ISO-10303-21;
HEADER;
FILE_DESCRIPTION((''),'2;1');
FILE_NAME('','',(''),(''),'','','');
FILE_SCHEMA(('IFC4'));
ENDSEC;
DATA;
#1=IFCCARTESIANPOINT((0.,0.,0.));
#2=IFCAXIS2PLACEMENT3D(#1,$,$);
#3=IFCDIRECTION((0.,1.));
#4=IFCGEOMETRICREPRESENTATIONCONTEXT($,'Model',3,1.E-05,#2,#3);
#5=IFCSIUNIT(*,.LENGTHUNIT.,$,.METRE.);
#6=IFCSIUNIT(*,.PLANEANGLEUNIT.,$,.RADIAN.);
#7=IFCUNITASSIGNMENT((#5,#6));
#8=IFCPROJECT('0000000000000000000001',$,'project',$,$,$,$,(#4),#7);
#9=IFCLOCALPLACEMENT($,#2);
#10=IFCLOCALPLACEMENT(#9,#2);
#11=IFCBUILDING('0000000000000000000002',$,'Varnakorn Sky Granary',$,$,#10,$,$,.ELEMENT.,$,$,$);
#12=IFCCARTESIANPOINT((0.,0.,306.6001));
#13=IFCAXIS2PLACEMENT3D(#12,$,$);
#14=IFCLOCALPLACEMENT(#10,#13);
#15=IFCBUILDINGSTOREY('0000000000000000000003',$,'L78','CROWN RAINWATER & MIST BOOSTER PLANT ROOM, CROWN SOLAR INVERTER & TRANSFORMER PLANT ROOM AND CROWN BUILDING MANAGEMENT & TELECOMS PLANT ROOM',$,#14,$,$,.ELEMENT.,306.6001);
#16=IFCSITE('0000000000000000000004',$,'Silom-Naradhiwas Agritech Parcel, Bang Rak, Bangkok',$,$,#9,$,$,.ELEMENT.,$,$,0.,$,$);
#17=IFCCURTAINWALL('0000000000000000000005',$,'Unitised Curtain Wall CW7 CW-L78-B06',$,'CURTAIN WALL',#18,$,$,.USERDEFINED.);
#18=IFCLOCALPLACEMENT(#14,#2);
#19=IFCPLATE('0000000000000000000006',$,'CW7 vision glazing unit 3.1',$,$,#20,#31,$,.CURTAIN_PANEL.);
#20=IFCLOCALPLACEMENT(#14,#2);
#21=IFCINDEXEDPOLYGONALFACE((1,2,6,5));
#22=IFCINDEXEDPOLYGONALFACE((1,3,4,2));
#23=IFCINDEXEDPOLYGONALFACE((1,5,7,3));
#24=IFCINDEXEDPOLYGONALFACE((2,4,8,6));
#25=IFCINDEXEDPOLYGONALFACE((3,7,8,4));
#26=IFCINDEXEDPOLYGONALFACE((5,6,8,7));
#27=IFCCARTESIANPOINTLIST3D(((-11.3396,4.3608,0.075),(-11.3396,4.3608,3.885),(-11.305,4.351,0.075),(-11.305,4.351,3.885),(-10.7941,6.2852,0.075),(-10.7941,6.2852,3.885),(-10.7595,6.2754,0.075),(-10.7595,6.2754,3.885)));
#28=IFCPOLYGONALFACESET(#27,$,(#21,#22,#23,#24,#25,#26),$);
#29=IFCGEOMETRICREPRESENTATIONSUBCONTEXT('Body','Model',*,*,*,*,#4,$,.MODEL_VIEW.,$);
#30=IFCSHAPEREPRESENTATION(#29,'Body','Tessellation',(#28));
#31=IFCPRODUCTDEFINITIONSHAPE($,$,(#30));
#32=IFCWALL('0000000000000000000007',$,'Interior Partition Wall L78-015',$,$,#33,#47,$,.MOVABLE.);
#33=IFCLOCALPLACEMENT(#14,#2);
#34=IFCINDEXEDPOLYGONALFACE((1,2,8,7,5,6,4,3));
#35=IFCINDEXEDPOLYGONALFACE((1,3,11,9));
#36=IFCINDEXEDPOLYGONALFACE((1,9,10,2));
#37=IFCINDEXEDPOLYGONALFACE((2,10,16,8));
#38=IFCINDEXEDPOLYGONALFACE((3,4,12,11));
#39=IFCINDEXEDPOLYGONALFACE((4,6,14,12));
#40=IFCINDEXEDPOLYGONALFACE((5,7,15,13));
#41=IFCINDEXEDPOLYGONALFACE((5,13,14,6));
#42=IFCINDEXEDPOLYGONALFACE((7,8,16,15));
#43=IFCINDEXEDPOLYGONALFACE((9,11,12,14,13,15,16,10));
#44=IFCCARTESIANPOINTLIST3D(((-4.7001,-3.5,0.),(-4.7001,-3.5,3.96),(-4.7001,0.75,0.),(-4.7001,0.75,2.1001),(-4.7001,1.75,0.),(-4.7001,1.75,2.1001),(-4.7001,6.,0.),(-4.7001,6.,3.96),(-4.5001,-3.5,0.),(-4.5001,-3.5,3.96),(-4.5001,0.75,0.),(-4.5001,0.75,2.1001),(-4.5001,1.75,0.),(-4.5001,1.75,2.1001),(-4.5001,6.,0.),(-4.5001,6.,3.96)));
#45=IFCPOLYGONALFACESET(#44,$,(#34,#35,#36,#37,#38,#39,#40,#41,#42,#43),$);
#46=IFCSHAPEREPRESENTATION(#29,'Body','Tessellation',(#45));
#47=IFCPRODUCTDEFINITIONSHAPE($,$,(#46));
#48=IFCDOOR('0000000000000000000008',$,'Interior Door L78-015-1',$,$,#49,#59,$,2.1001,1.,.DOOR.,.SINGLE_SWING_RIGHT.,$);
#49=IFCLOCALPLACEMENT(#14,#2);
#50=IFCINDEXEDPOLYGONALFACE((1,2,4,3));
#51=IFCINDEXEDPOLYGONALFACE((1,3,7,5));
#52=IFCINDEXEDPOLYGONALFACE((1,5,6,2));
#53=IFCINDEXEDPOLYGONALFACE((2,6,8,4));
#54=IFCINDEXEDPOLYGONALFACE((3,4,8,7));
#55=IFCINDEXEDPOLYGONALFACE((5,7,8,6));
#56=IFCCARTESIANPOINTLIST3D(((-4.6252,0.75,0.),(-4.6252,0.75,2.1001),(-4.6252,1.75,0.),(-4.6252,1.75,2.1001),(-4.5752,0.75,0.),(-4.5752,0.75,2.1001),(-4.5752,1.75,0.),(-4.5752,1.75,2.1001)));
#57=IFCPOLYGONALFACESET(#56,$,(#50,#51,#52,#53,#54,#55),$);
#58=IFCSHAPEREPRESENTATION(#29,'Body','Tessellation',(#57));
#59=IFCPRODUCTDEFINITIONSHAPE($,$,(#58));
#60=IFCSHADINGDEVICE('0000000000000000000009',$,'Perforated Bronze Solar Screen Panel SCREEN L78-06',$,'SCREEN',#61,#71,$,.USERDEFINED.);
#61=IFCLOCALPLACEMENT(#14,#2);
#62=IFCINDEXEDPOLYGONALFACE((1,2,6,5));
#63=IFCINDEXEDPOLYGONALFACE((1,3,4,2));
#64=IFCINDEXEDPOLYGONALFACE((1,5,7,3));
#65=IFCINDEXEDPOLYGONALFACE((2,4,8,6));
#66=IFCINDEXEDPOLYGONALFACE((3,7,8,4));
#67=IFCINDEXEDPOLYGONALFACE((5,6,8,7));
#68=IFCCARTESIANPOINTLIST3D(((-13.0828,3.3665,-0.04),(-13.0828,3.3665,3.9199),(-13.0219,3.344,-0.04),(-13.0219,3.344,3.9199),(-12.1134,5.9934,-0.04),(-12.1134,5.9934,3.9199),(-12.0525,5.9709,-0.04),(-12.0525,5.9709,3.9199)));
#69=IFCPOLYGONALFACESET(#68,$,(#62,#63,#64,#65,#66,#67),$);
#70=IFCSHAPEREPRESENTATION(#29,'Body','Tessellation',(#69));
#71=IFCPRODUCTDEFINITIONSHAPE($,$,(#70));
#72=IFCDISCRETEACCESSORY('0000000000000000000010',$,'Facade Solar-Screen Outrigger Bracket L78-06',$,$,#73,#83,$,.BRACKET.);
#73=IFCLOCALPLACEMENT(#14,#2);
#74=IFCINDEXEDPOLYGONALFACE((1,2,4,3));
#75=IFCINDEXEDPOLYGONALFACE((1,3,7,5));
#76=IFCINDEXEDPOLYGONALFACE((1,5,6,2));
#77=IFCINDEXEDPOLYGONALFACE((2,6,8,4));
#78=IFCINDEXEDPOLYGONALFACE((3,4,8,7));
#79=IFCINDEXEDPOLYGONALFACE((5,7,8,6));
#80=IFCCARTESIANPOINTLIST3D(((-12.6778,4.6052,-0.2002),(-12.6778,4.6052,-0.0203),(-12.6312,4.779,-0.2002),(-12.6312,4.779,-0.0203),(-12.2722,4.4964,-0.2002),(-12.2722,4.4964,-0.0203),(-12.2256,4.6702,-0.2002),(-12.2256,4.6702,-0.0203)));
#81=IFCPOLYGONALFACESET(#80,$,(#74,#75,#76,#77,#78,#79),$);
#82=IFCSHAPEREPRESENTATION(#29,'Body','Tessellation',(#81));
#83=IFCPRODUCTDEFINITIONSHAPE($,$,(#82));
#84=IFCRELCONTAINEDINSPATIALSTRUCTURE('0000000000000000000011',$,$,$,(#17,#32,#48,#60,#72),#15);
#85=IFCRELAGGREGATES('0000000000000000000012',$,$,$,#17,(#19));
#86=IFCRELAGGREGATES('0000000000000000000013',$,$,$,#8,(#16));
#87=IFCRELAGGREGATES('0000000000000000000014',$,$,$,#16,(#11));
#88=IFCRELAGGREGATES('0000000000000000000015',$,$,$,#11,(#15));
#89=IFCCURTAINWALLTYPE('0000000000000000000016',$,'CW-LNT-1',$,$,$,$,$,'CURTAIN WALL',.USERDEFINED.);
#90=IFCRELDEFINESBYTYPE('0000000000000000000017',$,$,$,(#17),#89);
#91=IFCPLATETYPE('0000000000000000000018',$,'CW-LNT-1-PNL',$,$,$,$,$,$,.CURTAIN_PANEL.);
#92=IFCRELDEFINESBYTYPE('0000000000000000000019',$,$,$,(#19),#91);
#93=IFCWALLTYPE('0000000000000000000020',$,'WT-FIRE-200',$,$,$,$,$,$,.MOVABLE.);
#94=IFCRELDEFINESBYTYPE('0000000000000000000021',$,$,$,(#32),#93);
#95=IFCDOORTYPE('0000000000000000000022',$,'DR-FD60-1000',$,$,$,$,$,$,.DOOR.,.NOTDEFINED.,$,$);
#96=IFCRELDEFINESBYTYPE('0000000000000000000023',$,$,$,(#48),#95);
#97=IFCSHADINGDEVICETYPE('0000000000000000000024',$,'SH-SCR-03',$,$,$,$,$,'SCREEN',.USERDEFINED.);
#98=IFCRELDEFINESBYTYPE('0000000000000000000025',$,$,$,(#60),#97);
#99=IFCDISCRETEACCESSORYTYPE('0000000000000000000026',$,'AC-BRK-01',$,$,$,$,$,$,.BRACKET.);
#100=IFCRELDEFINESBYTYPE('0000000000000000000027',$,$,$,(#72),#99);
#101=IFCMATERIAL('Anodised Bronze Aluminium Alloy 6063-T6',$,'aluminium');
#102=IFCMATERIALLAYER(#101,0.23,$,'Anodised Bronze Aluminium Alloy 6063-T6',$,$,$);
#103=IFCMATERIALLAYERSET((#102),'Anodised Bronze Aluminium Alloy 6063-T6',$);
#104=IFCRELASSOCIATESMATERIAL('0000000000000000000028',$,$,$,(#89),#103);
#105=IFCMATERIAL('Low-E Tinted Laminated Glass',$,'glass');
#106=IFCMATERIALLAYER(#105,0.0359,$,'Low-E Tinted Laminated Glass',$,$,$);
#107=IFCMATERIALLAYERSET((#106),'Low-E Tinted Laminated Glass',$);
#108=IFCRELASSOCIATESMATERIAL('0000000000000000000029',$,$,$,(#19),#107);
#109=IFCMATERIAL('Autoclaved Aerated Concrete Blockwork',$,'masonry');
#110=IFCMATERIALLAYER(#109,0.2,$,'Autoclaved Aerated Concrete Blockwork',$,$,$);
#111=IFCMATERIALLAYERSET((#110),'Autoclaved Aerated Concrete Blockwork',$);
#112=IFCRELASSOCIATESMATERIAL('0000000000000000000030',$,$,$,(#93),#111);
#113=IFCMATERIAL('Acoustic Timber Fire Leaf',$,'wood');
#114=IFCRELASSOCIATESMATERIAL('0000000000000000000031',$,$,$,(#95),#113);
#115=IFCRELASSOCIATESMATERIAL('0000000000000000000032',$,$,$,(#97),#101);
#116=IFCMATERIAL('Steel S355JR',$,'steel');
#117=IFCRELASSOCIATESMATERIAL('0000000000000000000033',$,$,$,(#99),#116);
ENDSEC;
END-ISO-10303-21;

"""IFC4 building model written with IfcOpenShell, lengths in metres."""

from ifc_helpers import new_model, si_unit, direction, frame, frame_2d, origin, origin_2d, place, context, subcontext, project, spatial, rectangle, extrude, source, transform, mapped, material, layer, layer_set, type_object, type_shapes, element, fill, aggregate, save


model = new_model("IFC4")

# Units and contexts
model_context = context("Model", 3, precision=1e-05, world=origin(), true_north=direction((0.0, 1.0)))
body_context = subcontext(model_context, "Body", "Model", "MODEL_VIEW")
ifc_project = project(units=[si_unit("LENGTHUNIT", "METRE"), si_unit("PLANEANGLEUNIT", "RADIAN")], contexts=[model_context])

# Site, building, storey
site_placement = place(None, origin())
site = spatial("IfcSite", under=ifc_project, at=site_placement, Name="Silom-Naradhiwas Agritech Parcel, Bang Rak, Bangkok", CompositionType="ELEMENT", RefElevation=0.0)
building_placement = place(site_placement, origin())
building = spatial("IfcBuilding", under=site, at=building_placement, Name="Varnakorn Sky Granary", CompositionType="ELEMENT")
storey_placement = place(building_placement, frame((0.0, 0.0, 306.6001)))
storey = spatial("IfcBuildingStorey", under=building, at=storey_placement, Name="L78", Description="CROWN RAINWATER & MIST BOOSTER PLANT ROOM, CROWN SOLAR INVERTER & TRANSFORMER PLANT ROOM AND CROWN BUILDING MANAGEMENT & TELECOMS PLANT ROOM", CompositionType="ELEMENT", Elevation=306.6001)

# Shared definitions
ifc_material_1 = material(Name="Steel S355JR", Category="steel")

# Shared definitions
ifc_material_2 = material(Name="Anodised Bronze Aluminium Alloy 6063-T6", Category="aluminium")
ifc_layer_1 = layer(ifc_material_2, 0.23, Name="Anodised Bronze Aluminium Alloy 6063-T6")
ifc_layer_set_1 = layer_set([ifc_layer_1], Name="Anodised Bronze Aluminium Alloy 6063-T6")
curtain_wall_type = type_object("IfcCurtainWallType", Name="CW-LNT-1", ElementType="CURTAIN WALL", PredefinedType="USERDEFINED", material=ifc_layer_set_1)

# Curtain wall, plate
curtain_wall_1_placement = place(storey_placement, origin())
curtain_wall_1 = element("IfcCurtainWall", 1, at=curtain_wall_1_placement, inside=storey, type_object=curtain_wall_type, Name="Unitised Curtain Wall CW7 CW-L78-B06", ObjectType="CURTAIN WALL", PredefinedType="USERDEFINED")
plate_type = type_object("IfcPlateType", Name="CW-LNT-1-PNL", PredefinedType="CURTAIN_PANEL")
ifc_material_3 = material(Name="Low-E Tinted Laminated Glass", Category="glass")
ifc_layer_2 = layer(ifc_material_3, 0.0359, Name="Low-E Tinted Laminated Glass")
ifc_layer_set_2 = layer_set([ifc_layer_2], Name="Low-E Tinted Laminated Glass")
shared_shape_1 = source(origin(), body_context, "Body", "SweptSolid", [
    extrude(rectangle(XDim=2.0002, YDim=0.0359, at=origin_2d()), origin(), (0.0, 0.0, 1.0), 3.8101),
])
plate_1_placement = place(storey_placement, frame((-11.0496, 5.3181, 0.075), z_axis=(0.0, 0.0, 1.0), x_axis=(0.272716, 0.962095, 0.0)))
plate_1 = element("IfcPlate", 2, at=plate_1_placement, type_object=plate_type, material=ifc_layer_set_2, Name="CW7 vision glazing unit 3.1", PredefinedType="CURTAIN_PANEL", context=body_context, shape_type="MappedRepresentation", body=[
    mapped(shared_shape_1, transform((0.0, 0.0, 0.0), x_axis=(1.0, 0.0, 0.0), y_axis=(0.0, 1.0, 0.0), z_axis=(0.0, 0.0, 1.0), scale=1.0)),
])
aggregate(curtain_wall_1, [plate_1])

# Wall, opening, door
ifc_material_4 = material(Name="Autoclaved Aerated Concrete Blockwork", Category="masonry")
ifc_layer_3 = layer(ifc_material_4, 0.2, Name="Autoclaved Aerated Concrete Blockwork")
ifc_layer_set_3 = layer_set([ifc_layer_3], Name="Autoclaved Aerated Concrete Blockwork")
wall_type = type_object("IfcWallType", Name="WT-FIRE-200", PredefinedType="MOVABLE", material=ifc_layer_set_3)
wall_placement = place(storey_placement, frame((-4.6001, 6.0, 0.0), z_axis=(0.0, 0.0, 1.0), x_axis=(0.0, -1.0, 0.0)))
wall = element("IfcWall", 3, at=wall_placement, inside=storey, type_object=wall_type, Name="Interior Partition Wall L78-015", PredefinedType="MOVABLE", context=body_context, shape_type="SweptSolid", body=[
    extrude(rectangle(XDim=9.5, YDim=0.2, at=frame_2d((4.75, 0.0))), origin(), (0.0, 0.0, 1.0), 3.96),
])
opening_placement = place(wall_placement, frame((4.25, 0.0, 0.0)))
opening = element("IfcOpeningElement", 4, at=opening_placement, cuts=wall, PredefinedType="OPENING", context=body_context, shape_type="SweptSolid", body=[
    extrude(rectangle(XDim=1.0, YDim=2.1001, at=frame_2d((0.5, 1.05))), frame((0.0, 0.1099, 0.0), z_axis=(0.0, -1.0, 0.0), x_axis=(1.0, 0.0, 0.0)), (0.0, 0.0, 1.0), 0.22),
])
ifc_material_5 = material(Name="Acoustic Timber Fire Leaf", Category="wood")
door_type = type_object("IfcDoorType", Name="DR-FD60-1000", OperationType="NOTDEFINED", PredefinedType="DOOR", material=ifc_material_5)
door_placement = place(opening_placement, origin())
door = element("IfcDoor", 5, at=door_placement, inside=storey, type_object=door_type, Name="Interior Door L78-015-1", OperationType="SINGLE_SWING_RIGHT", OverallHeight=2.1001, OverallWidth=1.0, PredefinedType="DOOR", context=body_context, shape_type="SweptSolid", body=[
    extrude(rectangle(XDim=1.0, YDim=2.1001, at=frame_2d((0.5, 1.05))), frame((0.0, 0.0249, 0.0), z_axis=(0.0, -1.0, 0.0), x_axis=(1.0, 0.0, 0.0)), (0.0, 0.0, 1.0), 0.05),
])
fill(opening, door)

# Shading device
shading_device_type = type_object("IfcShadingDeviceType", Name="SH-SCR-03", ElementType="SCREEN", PredefinedType="USERDEFINED", material=ifc_material_2)
shared_shape_2 = source(origin(), body_context, "Body", "SweptSolid", [
    extrude(rectangle(XDim=2.8, YDim=0.0649, at=origin_2d()), origin(), (0.0, 0.0, 1.0), 3.96),
])
type_shapes(shading_device_type, [shared_shape_2])
shading_device_placement = place(storey_placement, frame((-12.5676, 4.6687, -0.04), z_axis=(0.0, 0.0, 1.0), x_axis=(-0.346208, -0.938158, 0.0)))
element("IfcShadingDevice", 6, at=shading_device_placement, inside=storey, type_object=shading_device_type, Name="Perforated Bronze Solar Screen Panel SCREEN L78-06", ObjectType="SCREEN", PredefinedType="USERDEFINED", context=body_context, shape_type="MappedRepresentation", body=[
    mapped(shared_shape_2, transform((0.0, 0.0, 0.0), x_axis=(1.0, 0.0, 0.0), y_axis=(0.0, 1.0, 0.0), z_axis=(0.0, 0.0, 1.0), scale=1.0)),
])

# Discrete accessory
discrete_accessory_type = type_object("IfcDiscreteAccessoryType", Name="AC-BRK-01", PredefinedType="BRACKET", material=ifc_material_1)
shared_shape_3 = source(origin(), body_context, "Body", "SweptSolid", [
    extrude(rectangle(XDim=0.1799, YDim=0.4199, at=origin_2d()), origin(), (0.0, 0.0, 1.0), 0.1799),
])
type_shapes(discrete_accessory_type, [shared_shape_3])
discrete_accessory_placement = place(storey_placement, frame((-12.4517, 4.6377, -0.2002), z_axis=(0.0, 0.0, 1.0), x_axis=(-0.258912, -0.965901, 0.0)))
element("IfcDiscreteAccessory", 7, at=discrete_accessory_placement, inside=storey, type_object=discrete_accessory_type, Name="Facade Solar-Screen Outrigger Bracket L78-06", PredefinedType="BRACKET", context=body_context, shape_type="MappedRepresentation", body=[
    mapped(shared_shape_3, transform((0.0, 0.0, 0.0), x_axis=(1.0, 0.0, 0.0), y_axis=(0.0, 1.0, 0.0), z_axis=(0.0, 0.0, 1.0), scale=1.0)),
])

save(model, "model.ifc")
